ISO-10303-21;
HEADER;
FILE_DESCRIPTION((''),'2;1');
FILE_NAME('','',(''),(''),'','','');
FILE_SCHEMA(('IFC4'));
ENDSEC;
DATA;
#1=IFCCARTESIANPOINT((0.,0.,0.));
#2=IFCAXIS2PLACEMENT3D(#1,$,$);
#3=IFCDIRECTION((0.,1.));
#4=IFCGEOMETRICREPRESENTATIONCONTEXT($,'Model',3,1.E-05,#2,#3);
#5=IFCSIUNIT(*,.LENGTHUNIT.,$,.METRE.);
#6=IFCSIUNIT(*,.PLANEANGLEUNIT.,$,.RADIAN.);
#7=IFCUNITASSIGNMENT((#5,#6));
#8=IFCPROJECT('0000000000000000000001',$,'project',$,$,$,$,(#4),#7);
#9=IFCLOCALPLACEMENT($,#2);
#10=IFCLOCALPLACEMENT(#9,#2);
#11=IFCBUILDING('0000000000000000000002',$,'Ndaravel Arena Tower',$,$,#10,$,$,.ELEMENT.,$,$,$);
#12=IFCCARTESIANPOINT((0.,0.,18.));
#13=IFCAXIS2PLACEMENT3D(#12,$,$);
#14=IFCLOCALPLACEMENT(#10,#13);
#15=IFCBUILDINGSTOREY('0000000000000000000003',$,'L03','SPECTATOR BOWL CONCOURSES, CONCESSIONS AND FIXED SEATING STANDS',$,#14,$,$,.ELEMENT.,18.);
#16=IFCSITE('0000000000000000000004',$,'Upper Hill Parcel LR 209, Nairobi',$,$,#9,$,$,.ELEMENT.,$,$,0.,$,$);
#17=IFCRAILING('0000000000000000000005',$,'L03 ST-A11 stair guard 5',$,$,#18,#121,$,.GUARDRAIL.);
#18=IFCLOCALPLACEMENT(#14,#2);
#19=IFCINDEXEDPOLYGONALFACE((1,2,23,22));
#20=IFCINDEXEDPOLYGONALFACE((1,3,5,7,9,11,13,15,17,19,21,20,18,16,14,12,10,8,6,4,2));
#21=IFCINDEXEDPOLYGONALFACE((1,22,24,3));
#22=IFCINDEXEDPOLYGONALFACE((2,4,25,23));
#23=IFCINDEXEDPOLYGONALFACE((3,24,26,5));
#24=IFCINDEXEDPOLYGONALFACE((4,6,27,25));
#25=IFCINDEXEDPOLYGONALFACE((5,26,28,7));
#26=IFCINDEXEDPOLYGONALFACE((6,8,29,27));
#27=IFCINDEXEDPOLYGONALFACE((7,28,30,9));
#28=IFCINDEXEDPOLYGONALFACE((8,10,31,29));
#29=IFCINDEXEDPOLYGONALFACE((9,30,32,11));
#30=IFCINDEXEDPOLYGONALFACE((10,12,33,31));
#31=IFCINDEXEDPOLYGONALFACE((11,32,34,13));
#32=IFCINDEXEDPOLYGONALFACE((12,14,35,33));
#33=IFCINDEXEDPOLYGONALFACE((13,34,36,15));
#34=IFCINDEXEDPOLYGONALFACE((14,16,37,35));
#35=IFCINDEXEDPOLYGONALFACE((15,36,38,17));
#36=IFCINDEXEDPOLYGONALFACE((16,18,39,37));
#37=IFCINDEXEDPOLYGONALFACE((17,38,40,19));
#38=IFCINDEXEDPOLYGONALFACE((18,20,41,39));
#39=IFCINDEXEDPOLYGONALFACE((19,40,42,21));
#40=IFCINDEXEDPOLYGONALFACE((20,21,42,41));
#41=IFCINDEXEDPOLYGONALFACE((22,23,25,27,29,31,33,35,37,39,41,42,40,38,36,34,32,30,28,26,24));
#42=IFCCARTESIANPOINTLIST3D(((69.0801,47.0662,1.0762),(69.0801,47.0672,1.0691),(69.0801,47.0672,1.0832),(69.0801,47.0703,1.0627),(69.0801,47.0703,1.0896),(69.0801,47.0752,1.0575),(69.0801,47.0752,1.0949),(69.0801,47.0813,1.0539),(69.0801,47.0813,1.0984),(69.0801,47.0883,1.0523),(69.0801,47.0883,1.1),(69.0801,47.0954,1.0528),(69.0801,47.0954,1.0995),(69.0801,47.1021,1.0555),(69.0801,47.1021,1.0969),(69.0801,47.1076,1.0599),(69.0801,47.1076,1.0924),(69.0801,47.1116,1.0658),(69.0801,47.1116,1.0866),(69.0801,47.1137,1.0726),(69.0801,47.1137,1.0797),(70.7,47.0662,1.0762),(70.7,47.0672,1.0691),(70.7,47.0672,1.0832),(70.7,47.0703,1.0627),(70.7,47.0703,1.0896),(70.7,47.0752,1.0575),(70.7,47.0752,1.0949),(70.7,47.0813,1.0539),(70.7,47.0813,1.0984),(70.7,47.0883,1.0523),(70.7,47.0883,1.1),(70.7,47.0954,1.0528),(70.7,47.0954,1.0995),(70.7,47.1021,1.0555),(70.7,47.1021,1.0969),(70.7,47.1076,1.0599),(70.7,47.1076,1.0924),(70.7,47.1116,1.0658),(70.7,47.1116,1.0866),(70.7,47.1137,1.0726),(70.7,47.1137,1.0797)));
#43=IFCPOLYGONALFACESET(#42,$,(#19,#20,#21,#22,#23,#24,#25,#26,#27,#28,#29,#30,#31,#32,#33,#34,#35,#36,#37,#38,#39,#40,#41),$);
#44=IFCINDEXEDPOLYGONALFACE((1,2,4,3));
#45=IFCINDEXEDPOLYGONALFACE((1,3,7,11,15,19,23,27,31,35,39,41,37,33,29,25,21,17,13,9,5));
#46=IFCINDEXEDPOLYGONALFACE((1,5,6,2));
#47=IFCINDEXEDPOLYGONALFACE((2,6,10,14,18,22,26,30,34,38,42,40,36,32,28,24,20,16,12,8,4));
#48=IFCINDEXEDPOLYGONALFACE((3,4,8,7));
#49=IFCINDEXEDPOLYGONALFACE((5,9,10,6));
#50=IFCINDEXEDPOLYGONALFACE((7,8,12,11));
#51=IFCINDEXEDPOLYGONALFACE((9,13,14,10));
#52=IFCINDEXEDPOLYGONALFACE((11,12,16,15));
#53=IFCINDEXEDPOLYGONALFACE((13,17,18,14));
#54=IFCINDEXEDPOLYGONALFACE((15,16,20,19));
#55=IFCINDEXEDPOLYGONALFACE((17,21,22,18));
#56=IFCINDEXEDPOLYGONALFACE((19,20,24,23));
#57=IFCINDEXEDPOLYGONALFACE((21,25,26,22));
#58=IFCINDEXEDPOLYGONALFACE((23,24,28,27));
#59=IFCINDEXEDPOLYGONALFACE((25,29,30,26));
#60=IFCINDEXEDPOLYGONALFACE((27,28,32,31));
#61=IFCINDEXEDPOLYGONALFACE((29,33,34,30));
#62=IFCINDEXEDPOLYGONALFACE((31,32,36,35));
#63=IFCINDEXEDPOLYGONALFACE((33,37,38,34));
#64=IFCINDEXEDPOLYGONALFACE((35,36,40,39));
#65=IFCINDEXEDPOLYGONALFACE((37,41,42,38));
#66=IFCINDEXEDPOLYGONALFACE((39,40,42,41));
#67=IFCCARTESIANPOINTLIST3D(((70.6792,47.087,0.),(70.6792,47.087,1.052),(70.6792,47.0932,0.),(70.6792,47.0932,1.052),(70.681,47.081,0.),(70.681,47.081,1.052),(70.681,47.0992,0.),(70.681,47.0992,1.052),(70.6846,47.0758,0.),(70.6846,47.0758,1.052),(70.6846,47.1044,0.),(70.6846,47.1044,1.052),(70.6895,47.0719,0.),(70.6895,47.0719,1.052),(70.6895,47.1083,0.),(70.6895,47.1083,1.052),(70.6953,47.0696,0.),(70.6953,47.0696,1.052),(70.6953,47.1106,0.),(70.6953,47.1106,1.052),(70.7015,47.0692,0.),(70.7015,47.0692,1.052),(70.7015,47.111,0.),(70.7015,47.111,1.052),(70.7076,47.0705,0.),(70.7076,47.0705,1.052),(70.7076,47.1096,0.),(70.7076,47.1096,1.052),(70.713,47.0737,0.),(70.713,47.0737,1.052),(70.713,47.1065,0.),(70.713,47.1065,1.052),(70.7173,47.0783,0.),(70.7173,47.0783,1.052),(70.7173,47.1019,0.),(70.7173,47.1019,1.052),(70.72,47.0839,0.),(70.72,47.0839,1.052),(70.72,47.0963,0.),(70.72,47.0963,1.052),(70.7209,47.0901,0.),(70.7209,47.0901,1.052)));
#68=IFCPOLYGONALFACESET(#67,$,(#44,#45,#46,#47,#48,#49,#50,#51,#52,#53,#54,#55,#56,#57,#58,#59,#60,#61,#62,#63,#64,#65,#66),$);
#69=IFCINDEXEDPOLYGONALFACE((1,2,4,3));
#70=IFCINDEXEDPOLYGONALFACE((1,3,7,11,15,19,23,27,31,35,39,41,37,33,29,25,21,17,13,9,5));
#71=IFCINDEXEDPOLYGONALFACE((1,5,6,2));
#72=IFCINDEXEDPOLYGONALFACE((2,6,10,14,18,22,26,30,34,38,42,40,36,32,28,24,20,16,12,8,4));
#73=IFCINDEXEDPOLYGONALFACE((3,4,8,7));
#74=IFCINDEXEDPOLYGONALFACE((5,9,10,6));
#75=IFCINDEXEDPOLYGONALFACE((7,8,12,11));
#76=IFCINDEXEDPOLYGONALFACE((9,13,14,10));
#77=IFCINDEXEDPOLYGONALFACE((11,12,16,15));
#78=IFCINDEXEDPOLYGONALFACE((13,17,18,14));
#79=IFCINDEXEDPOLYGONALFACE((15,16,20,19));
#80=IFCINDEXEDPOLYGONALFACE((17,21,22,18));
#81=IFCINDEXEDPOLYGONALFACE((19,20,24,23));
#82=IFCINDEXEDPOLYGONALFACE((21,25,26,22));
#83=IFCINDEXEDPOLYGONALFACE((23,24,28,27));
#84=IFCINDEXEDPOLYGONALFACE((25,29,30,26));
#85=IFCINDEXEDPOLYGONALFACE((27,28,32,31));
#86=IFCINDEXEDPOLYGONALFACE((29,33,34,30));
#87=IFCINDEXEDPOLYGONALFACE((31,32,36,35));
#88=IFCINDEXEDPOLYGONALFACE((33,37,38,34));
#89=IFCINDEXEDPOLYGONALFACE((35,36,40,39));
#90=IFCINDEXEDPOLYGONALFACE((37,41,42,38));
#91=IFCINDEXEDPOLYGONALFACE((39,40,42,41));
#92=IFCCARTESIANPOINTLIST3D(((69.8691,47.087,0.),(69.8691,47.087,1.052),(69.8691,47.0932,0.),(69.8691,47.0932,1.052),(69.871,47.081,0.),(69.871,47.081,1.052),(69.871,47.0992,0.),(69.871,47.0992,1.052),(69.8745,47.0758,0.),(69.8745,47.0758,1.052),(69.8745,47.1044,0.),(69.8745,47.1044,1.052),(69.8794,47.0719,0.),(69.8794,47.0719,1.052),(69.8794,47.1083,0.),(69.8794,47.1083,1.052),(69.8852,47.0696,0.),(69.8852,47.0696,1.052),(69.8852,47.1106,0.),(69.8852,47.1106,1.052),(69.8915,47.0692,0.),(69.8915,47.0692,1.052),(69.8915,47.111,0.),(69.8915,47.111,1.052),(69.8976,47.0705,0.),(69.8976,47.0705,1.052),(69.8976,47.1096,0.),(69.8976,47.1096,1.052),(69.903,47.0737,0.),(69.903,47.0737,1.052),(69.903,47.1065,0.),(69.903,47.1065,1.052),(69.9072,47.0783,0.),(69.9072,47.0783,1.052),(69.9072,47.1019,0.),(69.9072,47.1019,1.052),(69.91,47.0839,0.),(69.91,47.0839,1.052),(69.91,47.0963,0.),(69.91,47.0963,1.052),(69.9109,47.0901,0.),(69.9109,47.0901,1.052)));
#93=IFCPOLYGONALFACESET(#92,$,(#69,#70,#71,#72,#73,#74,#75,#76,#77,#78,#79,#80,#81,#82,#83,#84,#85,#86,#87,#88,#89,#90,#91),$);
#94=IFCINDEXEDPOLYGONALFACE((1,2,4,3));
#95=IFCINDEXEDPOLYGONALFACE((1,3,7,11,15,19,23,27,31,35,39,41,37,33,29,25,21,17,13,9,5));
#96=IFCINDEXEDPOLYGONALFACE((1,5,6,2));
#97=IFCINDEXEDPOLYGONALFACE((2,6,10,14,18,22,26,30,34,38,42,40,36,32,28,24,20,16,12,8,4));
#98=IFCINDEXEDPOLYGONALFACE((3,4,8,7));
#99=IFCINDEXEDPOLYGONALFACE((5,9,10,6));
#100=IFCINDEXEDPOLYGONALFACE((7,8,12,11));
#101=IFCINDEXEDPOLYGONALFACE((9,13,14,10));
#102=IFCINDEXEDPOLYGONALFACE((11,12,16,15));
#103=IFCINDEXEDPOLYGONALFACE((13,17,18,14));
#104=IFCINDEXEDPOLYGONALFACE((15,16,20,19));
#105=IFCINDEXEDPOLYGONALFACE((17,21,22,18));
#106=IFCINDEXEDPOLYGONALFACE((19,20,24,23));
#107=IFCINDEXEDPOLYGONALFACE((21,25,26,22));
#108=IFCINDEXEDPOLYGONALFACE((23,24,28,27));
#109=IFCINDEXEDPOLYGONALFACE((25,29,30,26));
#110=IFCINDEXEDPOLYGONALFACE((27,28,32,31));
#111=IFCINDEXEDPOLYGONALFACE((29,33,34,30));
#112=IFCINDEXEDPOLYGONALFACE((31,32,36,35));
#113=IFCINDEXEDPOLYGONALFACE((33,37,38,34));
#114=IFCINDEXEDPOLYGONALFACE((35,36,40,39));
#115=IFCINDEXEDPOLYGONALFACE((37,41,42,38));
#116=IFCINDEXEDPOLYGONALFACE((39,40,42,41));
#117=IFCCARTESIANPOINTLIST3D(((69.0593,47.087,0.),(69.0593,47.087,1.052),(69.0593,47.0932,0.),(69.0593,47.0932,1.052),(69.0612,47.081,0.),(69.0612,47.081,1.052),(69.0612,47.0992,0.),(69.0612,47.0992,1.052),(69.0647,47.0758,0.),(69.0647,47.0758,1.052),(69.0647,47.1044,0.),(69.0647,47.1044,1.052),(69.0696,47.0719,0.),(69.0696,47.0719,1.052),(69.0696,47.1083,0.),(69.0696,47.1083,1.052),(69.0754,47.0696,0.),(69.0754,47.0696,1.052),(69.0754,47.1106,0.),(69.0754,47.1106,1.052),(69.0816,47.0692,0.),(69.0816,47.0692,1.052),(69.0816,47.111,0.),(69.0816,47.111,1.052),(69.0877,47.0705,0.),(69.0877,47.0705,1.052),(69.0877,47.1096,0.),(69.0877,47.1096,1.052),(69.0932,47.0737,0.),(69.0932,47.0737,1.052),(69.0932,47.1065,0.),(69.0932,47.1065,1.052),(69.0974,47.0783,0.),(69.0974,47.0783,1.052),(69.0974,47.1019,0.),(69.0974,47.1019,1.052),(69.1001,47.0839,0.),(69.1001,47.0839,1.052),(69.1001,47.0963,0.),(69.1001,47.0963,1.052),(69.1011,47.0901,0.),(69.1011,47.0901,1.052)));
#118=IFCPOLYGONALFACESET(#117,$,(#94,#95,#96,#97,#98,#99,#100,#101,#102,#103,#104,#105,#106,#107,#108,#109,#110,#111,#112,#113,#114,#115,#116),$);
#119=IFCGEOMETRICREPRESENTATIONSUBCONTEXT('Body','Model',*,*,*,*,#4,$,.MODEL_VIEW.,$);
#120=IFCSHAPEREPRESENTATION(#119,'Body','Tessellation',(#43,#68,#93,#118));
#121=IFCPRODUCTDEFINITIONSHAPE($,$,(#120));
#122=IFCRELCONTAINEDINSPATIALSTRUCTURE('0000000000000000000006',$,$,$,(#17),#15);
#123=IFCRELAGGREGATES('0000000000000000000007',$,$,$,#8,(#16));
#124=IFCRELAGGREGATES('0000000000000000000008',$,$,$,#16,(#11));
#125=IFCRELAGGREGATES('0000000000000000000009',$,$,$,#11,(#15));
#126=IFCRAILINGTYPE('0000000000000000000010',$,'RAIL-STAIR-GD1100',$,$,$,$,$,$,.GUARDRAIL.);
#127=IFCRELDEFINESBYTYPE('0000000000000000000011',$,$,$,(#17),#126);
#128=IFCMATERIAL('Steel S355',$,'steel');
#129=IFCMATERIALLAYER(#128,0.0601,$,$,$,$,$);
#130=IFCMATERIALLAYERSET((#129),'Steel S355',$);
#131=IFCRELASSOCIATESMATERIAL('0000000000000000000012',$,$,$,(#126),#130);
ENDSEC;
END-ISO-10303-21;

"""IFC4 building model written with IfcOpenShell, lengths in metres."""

from ifc_helpers import new_model, si_unit, direction, frame, origin, origin_2d, place, context, subcontext, project, spatial, circle, extrude, material, layer, layer_set, type_object, element, save


model = new_model("IFC4")

# Units and contexts
model_context = context("Model", 3, precision=1e-05, world=origin(), true_north=direction((0.0, 1.0)))
body_context = subcontext(model_context, "Body", "Model", "MODEL_VIEW")
ifc_project = project(units=[si_unit("LENGTHUNIT", "METRE"), si_unit("PLANEANGLEUNIT", "RADIAN")], contexts=[model_context])

# Site, building, storey
site_placement = place(None, origin())
site = spatial("IfcSite", under=ifc_project, at=site_placement, Name="Upper Hill Parcel LR 209, Nairobi", CompositionType="ELEMENT", RefElevation=0.0)
building_placement = place(site_placement, origin())
building = spatial("IfcBuilding", under=site, at=building_placement, Name="Ndaravel Arena Tower", CompositionType="ELEMENT")
storey_placement = place(building_placement, frame((0.0, 0.0, 18.0)))
storey = spatial("IfcBuildingStorey", under=building, at=storey_placement, Name="L03", Description="SPECTATOR BOWL CONCOURSES, CONCESSIONS AND FIXED SEATING STANDS", CompositionType="ELEMENT", Elevation=18.0)

# Railing
ifc_material_1 = material(Name="Steel S355", Category="steel")
ifc_layer_1 = layer(ifc_material_1, 0.0601)
ifc_layer_set_1 = layer_set([ifc_layer_1], Name="Steel S355")
railing_type_1 = type_object("IfcRailingType", Name="RAIL-STAIR-GD1100", PredefinedType="GUARDRAIL", material=ifc_layer_set_1)
for number, where, name in (
    (1, (70.7, 47.0901, 0.0), "L03 ST-A11 stair guard 5"),
):
    element("IfcRailing", number, at=place(storey_placement, frame(where)), inside=storey, type_object=railing_type_1, Name=name, PredefinedType="GUARDRAIL", context=body_context, shape_type="SweptSolid", body=[
        extrude(circle(Radius=0.0239, at=origin_2d()), frame((0.0, 0.0, 1.0762), z_axis=(-1.0, 0.0, 0.0), x_axis=(0.0, -1.0, 0.0)), (0.0, 0.0, 1.0), 1.6199),
        extrude(circle(Radius=0.021, at=origin_2d()), origin(), (0.0, 0.0, 1.0), 1.052),
        extrude(circle(Radius=0.021, at=origin_2d()), frame((-0.8101, 0.0, 0.0)), (0.0, 0.0, 1.0), 1.052),
        extrude(circle(Radius=0.021, at=origin_2d()), frame((-1.6199, 0.0, 0.0)), (0.0, 0.0, 1.0), 1.052),
    ])

save(model, "model.ifc")
